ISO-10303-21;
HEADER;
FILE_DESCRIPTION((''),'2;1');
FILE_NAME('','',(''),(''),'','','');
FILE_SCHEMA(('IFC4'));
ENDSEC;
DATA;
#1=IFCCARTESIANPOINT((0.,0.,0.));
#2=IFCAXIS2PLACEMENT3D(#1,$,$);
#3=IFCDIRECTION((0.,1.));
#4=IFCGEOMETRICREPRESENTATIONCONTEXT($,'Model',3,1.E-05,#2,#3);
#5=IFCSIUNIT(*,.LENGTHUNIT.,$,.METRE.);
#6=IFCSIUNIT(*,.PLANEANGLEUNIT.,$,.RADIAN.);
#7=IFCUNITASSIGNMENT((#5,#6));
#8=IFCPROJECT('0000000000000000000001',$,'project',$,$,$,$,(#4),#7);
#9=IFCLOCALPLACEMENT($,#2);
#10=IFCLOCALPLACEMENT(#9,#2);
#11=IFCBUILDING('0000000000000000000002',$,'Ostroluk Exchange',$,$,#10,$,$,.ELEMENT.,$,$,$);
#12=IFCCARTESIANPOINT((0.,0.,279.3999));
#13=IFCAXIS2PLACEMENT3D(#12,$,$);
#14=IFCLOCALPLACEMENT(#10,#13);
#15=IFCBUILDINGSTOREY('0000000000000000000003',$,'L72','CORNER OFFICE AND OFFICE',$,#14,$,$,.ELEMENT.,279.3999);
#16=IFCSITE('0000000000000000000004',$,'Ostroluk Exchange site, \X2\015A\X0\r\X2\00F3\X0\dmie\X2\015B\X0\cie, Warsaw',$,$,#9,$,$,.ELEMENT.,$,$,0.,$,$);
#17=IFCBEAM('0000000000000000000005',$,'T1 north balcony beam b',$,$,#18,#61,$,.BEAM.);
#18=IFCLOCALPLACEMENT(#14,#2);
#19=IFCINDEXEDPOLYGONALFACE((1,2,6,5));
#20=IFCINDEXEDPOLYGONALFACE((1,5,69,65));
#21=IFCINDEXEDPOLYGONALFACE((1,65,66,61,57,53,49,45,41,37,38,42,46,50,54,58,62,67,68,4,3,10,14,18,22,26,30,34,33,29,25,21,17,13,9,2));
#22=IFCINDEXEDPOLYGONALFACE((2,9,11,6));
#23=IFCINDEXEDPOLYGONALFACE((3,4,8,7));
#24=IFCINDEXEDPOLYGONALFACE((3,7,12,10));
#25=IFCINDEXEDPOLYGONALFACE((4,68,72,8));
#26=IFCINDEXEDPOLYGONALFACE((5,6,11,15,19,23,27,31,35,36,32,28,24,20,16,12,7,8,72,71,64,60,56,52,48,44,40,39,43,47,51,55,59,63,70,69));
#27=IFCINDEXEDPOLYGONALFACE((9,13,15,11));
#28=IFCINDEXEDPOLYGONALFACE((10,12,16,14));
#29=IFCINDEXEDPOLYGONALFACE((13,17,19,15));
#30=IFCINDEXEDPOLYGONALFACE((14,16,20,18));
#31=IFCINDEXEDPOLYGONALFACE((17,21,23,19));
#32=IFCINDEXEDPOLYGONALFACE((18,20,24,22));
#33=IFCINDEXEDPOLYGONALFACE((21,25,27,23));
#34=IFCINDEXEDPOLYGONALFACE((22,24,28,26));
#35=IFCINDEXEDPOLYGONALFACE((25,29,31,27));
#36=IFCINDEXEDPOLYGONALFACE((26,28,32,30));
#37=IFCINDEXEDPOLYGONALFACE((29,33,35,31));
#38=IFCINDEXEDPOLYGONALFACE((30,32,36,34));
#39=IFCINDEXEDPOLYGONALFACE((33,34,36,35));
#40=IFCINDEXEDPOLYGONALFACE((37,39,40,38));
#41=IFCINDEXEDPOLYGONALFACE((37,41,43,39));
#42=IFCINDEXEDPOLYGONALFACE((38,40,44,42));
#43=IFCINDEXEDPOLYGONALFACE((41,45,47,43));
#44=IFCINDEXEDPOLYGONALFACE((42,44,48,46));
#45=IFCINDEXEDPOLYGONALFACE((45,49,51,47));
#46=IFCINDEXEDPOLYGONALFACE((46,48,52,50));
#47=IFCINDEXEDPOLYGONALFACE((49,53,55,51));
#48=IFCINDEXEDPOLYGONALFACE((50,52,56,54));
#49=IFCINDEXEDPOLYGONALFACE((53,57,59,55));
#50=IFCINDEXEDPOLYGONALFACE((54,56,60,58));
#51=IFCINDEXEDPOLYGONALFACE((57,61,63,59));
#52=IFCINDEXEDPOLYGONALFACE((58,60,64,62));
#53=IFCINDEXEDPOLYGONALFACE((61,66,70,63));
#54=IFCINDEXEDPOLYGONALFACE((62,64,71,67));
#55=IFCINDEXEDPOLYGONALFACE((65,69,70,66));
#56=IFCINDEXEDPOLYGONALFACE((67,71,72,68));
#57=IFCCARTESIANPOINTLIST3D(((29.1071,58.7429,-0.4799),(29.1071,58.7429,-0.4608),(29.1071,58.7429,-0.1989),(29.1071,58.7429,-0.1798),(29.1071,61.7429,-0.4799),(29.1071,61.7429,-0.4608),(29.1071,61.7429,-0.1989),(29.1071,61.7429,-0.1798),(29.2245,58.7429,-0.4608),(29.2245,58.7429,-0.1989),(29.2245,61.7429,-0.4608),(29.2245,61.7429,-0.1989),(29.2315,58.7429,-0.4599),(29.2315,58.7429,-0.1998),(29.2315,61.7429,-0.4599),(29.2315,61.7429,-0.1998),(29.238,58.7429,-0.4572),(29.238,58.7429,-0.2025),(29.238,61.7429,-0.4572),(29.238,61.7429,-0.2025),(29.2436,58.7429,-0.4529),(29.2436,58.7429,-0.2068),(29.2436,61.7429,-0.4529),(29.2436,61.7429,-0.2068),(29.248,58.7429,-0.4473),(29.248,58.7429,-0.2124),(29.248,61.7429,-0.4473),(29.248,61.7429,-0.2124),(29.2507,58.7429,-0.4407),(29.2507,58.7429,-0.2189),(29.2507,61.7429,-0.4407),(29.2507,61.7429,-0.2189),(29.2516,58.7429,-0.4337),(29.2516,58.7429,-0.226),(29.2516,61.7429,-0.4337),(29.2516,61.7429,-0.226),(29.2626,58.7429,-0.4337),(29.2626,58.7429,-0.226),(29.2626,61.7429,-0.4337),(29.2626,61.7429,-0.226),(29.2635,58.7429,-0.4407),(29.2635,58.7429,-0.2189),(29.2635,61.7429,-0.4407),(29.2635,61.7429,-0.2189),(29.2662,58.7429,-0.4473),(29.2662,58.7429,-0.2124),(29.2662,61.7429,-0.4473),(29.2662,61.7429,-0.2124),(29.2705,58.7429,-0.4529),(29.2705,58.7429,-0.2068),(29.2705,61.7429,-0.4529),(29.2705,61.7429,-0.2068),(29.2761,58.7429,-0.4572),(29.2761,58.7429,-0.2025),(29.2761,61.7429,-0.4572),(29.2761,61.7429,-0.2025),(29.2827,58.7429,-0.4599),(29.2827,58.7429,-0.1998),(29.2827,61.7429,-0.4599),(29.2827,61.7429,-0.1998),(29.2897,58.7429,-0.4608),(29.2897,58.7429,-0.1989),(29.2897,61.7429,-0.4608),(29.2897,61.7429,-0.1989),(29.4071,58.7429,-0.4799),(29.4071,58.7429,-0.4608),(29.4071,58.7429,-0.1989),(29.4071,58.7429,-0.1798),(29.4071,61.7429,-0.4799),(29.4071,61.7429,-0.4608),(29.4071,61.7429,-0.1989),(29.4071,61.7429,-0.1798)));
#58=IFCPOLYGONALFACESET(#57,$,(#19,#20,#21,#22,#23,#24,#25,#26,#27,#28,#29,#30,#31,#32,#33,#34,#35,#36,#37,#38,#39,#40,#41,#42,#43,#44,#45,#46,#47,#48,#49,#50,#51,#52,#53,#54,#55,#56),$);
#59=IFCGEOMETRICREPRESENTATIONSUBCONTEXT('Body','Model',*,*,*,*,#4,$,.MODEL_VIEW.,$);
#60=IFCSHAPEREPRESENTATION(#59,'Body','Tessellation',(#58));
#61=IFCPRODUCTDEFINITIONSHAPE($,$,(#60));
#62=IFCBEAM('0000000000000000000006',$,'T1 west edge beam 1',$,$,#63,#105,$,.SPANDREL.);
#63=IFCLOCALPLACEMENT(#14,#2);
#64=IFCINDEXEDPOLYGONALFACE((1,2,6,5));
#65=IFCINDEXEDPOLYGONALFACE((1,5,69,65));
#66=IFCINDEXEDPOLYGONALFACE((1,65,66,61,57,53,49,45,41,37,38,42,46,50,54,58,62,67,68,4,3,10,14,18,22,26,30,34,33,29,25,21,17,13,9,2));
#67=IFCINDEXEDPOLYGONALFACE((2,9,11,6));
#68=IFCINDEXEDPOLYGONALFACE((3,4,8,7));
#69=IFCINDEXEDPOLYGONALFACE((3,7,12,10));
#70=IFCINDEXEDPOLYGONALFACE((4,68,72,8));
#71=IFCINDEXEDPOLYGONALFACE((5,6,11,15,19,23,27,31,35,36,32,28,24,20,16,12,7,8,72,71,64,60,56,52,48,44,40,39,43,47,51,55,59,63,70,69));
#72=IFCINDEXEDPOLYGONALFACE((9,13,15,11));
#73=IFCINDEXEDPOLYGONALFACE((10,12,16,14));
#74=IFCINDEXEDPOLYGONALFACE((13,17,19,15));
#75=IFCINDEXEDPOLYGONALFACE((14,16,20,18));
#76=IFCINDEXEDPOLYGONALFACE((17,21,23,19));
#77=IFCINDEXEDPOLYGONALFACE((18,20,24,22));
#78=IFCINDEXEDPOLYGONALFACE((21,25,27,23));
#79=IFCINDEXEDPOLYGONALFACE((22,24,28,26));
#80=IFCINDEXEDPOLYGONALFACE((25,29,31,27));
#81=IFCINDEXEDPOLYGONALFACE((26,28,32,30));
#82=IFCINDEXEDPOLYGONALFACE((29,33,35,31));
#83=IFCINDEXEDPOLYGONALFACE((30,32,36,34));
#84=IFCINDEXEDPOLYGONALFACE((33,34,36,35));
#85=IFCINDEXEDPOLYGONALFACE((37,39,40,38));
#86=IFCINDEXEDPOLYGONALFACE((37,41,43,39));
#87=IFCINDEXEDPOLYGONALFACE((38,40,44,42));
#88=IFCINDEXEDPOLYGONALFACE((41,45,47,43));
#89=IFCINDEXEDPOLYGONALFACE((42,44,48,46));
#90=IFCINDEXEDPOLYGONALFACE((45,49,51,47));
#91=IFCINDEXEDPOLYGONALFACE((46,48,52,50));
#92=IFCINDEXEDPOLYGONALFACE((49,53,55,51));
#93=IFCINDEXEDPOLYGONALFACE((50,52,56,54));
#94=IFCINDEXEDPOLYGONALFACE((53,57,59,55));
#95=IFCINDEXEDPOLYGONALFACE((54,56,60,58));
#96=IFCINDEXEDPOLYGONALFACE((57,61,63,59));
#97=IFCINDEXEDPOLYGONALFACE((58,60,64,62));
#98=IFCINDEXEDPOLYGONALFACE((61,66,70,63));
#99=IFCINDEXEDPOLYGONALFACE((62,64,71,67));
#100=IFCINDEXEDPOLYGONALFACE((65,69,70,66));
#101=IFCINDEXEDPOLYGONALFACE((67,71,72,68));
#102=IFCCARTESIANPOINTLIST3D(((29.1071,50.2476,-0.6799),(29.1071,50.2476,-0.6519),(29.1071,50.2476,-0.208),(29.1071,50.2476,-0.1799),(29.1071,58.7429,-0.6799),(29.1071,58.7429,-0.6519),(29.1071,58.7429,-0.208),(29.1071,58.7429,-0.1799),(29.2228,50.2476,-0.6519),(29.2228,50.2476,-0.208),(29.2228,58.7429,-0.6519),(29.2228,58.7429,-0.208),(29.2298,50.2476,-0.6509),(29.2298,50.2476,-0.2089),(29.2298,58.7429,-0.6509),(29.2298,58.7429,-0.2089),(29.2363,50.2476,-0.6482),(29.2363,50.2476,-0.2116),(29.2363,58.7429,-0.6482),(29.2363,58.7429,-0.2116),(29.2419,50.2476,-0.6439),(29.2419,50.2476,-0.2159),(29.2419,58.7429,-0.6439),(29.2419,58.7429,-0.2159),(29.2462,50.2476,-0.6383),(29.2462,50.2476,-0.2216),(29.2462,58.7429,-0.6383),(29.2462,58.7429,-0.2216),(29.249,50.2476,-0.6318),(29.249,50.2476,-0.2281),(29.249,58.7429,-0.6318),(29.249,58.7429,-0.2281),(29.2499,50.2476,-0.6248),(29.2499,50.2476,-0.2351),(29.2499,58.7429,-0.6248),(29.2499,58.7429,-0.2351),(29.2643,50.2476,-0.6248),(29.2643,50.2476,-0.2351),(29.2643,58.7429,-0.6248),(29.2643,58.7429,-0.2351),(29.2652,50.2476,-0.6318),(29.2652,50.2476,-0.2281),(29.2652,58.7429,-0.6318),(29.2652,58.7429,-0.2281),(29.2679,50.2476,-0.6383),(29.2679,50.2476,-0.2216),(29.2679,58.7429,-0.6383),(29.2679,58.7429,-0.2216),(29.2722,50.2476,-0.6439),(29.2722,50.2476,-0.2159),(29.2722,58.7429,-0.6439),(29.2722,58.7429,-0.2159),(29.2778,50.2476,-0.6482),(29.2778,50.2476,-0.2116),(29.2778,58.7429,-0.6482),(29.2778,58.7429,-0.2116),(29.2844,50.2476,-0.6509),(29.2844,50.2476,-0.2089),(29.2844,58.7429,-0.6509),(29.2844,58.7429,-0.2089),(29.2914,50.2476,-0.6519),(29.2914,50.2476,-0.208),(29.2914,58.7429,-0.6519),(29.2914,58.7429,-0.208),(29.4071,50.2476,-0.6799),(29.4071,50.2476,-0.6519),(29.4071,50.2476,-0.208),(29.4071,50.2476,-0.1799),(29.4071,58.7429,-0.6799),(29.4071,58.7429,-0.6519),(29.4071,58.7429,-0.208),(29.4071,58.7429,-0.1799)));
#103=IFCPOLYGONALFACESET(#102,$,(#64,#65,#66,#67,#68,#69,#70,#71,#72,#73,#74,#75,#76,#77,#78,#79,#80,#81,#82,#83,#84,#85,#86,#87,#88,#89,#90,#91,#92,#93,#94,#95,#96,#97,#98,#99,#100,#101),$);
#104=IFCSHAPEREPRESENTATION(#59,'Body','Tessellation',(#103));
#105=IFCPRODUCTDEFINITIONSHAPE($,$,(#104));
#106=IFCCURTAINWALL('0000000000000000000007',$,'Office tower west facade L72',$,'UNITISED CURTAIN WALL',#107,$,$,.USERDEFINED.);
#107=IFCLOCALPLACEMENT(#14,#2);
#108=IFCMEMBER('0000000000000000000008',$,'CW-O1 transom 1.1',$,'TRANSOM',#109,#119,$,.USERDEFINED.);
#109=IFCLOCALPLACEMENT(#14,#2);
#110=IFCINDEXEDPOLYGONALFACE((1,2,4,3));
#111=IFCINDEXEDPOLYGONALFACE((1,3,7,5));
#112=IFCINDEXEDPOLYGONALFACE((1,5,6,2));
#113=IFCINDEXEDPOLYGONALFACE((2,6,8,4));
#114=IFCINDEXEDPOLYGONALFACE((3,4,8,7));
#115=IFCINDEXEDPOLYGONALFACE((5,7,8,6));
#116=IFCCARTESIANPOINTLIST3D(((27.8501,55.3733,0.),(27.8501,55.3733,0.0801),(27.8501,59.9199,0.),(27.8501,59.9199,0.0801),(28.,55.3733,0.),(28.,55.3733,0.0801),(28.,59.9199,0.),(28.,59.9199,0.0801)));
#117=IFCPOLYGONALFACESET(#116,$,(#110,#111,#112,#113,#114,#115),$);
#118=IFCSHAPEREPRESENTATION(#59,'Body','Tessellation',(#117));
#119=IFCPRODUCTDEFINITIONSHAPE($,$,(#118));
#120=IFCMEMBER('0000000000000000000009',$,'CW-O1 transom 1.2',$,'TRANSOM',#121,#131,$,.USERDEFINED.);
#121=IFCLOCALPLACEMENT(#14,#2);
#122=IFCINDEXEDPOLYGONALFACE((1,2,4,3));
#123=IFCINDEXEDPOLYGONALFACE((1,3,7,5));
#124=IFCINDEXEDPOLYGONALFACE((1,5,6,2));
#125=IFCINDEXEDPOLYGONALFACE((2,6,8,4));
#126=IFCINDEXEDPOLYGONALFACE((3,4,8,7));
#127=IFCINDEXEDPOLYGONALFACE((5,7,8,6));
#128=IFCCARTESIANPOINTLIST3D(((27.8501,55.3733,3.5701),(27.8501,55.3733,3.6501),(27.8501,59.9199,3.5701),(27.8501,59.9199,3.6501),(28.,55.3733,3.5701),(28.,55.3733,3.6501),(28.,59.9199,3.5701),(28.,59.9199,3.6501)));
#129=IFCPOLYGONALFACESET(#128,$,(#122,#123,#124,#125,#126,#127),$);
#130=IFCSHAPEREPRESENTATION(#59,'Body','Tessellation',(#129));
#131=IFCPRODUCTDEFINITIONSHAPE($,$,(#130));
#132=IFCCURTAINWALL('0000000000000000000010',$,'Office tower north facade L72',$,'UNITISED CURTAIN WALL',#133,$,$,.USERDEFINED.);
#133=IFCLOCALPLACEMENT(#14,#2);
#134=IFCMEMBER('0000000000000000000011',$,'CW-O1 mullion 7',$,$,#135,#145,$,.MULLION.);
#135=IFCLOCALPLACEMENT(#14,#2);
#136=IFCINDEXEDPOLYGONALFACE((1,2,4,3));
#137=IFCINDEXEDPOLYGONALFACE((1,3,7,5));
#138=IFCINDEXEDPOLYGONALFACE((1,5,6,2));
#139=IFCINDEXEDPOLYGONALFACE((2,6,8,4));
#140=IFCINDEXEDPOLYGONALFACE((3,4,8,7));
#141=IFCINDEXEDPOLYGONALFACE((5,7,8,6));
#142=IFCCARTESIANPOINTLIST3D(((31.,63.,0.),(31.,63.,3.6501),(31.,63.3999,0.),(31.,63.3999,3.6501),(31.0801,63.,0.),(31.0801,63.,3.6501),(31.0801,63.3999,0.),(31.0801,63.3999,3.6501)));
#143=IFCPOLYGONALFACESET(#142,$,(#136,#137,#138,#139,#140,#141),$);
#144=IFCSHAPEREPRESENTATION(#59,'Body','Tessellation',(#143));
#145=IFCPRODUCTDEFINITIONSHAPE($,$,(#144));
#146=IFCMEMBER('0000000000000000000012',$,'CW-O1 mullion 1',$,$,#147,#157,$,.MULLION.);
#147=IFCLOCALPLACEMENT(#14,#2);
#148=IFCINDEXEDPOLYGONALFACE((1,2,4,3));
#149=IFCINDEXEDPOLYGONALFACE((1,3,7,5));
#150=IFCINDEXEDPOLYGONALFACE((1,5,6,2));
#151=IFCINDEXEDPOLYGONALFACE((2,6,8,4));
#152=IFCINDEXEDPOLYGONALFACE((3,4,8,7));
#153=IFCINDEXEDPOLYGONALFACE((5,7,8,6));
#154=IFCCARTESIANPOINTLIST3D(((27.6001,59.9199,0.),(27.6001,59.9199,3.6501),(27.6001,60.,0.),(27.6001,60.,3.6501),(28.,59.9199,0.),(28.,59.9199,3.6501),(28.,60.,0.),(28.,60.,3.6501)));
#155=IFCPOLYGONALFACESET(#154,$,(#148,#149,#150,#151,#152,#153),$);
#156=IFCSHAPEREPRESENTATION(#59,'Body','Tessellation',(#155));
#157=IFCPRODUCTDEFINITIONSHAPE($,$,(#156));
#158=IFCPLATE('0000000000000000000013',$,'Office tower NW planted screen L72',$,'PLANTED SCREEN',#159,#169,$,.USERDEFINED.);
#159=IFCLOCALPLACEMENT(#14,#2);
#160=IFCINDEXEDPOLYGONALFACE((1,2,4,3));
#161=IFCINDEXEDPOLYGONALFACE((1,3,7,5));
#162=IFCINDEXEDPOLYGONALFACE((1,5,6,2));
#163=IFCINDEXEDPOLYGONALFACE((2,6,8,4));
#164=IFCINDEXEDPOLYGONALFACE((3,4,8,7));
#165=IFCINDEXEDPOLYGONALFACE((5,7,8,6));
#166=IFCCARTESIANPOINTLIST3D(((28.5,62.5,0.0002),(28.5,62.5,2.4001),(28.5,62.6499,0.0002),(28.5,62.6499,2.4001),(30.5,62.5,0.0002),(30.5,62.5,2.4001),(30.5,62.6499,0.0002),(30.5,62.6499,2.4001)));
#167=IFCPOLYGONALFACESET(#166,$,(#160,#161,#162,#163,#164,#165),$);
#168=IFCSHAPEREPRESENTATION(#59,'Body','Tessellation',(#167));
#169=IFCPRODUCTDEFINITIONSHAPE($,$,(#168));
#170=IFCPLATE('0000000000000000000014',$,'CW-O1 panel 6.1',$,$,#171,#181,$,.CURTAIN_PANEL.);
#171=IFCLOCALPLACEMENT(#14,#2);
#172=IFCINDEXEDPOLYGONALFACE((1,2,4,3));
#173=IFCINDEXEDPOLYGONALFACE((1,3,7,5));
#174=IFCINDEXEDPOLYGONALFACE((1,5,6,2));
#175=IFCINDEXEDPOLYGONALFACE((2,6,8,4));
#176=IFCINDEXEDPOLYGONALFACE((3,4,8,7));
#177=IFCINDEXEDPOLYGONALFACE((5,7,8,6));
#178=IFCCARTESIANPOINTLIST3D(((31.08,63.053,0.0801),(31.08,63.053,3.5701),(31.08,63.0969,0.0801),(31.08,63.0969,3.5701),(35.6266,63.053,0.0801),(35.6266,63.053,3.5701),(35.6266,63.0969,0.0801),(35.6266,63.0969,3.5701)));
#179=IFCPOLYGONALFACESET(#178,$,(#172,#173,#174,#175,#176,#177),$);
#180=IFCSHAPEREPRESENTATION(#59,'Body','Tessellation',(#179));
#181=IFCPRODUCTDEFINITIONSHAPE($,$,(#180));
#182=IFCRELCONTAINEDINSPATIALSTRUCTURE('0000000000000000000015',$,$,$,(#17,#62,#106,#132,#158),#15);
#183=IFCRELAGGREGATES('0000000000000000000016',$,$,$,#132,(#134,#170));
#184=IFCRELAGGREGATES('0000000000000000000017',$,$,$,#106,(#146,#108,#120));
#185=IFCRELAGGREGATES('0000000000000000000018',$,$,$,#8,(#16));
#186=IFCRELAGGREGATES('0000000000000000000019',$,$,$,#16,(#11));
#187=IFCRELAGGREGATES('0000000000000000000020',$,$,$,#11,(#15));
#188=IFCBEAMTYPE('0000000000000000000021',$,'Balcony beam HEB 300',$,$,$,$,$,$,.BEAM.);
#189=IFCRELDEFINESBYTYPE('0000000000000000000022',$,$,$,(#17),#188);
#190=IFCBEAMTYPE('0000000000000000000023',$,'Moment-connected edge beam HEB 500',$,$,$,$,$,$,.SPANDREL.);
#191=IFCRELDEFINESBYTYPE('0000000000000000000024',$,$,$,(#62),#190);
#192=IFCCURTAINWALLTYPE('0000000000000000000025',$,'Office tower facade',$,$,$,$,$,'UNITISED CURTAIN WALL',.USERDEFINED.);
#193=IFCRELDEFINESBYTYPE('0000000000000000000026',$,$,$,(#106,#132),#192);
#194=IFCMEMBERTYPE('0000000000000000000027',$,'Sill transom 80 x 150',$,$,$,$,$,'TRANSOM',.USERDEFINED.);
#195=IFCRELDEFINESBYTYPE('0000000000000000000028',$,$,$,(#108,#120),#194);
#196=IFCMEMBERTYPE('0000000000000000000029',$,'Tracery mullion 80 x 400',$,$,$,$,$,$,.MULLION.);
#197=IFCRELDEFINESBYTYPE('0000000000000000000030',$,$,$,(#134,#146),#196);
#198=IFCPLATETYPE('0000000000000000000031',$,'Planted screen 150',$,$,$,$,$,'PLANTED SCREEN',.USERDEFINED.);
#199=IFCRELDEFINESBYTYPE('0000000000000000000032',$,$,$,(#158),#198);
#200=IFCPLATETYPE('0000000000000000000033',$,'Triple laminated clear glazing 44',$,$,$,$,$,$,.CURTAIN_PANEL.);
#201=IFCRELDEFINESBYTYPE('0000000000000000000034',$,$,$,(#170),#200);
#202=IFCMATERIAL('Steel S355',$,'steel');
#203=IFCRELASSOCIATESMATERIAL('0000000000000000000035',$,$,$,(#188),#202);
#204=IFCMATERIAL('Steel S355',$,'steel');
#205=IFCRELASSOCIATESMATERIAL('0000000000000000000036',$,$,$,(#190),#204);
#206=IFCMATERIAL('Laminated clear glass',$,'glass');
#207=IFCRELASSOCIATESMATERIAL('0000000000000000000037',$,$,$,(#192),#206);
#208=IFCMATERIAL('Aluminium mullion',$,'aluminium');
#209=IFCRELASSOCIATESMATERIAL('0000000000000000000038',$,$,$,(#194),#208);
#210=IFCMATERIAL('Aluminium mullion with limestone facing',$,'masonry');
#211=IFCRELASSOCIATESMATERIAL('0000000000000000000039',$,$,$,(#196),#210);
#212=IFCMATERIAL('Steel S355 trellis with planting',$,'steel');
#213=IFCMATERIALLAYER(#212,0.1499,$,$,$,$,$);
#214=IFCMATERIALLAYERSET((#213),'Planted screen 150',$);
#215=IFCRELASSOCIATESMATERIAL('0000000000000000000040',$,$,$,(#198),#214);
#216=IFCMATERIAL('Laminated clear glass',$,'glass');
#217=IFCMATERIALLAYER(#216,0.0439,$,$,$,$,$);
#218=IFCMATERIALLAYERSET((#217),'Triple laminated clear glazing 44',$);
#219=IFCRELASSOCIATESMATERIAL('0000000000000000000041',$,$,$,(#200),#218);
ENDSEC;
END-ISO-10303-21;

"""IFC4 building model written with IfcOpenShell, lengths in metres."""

from ifc_helpers import new_model, si_unit, direction, frame, origin, origin_2d, place, context, subcontext, project, spatial, rectangle, i_section, extrude, material, layer, layer_set, material_profile, profile_set, type_object, element, aggregate, save


model = new_model("IFC4")

# Units and contexts
model_context = context("Model", 3, precision=1e-05, world=origin(), true_north=direction((0.0, 1.0)))
body_context = subcontext(model_context, "Body", "Model", "MODEL_VIEW")
ifc_project = project(units=[si_unit("LENGTHUNIT", "METRE"), si_unit("PLANEANGLEUNIT", "RADIAN")], contexts=[model_context])

# Site, building, storey
site_placement = place(None, origin())
site = spatial("IfcSite", under=ifc_project, at=site_placement, Name="Ostroluk Exchange site, Śródmieście, Warsaw", CompositionType="ELEMENT", RefElevation=0.0)
building_placement = place(site_placement, origin())
building = spatial("IfcBuilding", under=site, at=building_placement, Name="Ostroluk Exchange", CompositionType="ELEMENT")
storey_placement = place(building_placement, frame((0.0, 0.0, 279.3999)))
storey = spatial("IfcBuildingStorey", under=building, at=storey_placement, Name="L72", Description="CORNER OFFICE AND OFFICE", CompositionType="ELEMENT", Elevation=279.3999)

# Beams
ifc_material_1 = material(Name="Steel S355", Category="steel")
ifc_material_profile_1 = material_profile(ifc_material_1, i_section(OverallWidth=0.3, OverallDepth=0.3, WebThickness=0.011, FlangeThickness=0.019, FilletRadius=0.0271, at=origin_2d()), Name="HEB 300")
ifc_profile_set_1 = profile_set([ifc_material_profile_1], Name="Steel S355")
beam_type_1 = type_object("IfcBeamType", Name="Balcony beam HEB 300", PredefinedType="BEAM", material=ifc_profile_set_1)
for number, where, z_axis, x_axis, name in (
    (1, (29.2571, 58.7429, -0.3298), (0.0, 1.0, 0.0), (-1.0, 0.0, 0.0), "T1 north balcony beam b"),
):
    element("IfcBeam", number, at=place(storey_placement, frame(where, z_axis=z_axis, x_axis=x_axis)), inside=storey, type_object=beam_type_1, Name=name, PredefinedType="BEAM", context=body_context, shape_type="SweptSolid", body=[
        extrude(i_section(OverallWidth=0.3, OverallDepth=0.3, WebThickness=0.011, FlangeThickness=0.019, FilletRadius=0.0271, at=origin_2d()), origin(), (0.0, 0.0, 1.0), 3.0),
    ])
ifc_material_2 = material(Name="Steel S355", Category="steel")
ifc_material_profile_2 = material_profile(ifc_material_2, i_section(OverallWidth=0.3, OverallDepth=0.5, WebThickness=0.0144, FlangeThickness=0.0281, FilletRadius=0.0271, at=origin_2d()), Name="HEB 500")
ifc_profile_set_2 = profile_set([ifc_material_profile_2], Name="Steel S355")
beam_type_2 = type_object("IfcBeamType", Name="Moment-connected edge beam HEB 500", PredefinedType="SPANDREL", material=ifc_profile_set_2)
beam_placement = place(storey_placement, frame((29.2571, 58.7429, -0.4299), z_axis=(0.0, -1.0, 0.0), x_axis=(1.0, 0.0, 0.0)))
element("IfcBeam", 2, at=beam_placement, inside=storey, type_object=beam_type_2, Name="T1 west edge beam 1", PredefinedType="SPANDREL", context=body_context, shape_type="SweptSolid", body=[
    extrude(i_section(OverallWidth=0.3, OverallDepth=0.5, WebThickness=0.0144, FlangeThickness=0.0281, FilletRadius=0.0271, at=origin_2d()), origin(), (0.0, 0.0, 1.0), 8.4954),
])

# Curtain wall, members
ifc_material_3 = material(Name="Laminated clear glass", Category="glass")
curtain_wall_type = type_object("IfcCurtainWallType", Name="Office tower facade", ElementType="UNITISED CURTAIN WALL", PredefinedType="USERDEFINED", material=ifc_material_3)
curtain_wall_1_placement = place(storey_placement, origin())
curtain_wall_1 = element("IfcCurtainWall", 3, at=curtain_wall_1_placement, inside=storey, type_object=curtain_wall_type, Name="Office tower west facade L72", ObjectType="UNITISED CURTAIN WALL", PredefinedType="USERDEFINED")
ifc_material_4 = material(Name="Aluminium mullion", Category="aluminium")
ifc_material_profile_3 = material_profile(ifc_material_4, rectangle(XDim=0.1499, YDim=0.0801, at=origin_2d()), Name="Sill transom 80 x 150")
ifc_profile_set_3 = profile_set([ifc_material_profile_3], Name="Aluminium mullion")
member_type_1 = type_object("IfcMemberType", Name="Sill transom 80 x 150", ElementType="TRANSOM", PredefinedType="USERDEFINED", material=ifc_profile_set_3)
member_1_placement = place(storey_placement, frame((27.925, 59.9199, 0.04), z_axis=(0.0, -1.0, 0.0), x_axis=(1.0, 0.0, 0.0)))
member_1 = element("IfcMember", 4, at=member_1_placement, type_object=member_type_1, Name="CW-O1 transom 1.1", ObjectType="TRANSOM", PredefinedType="USERDEFINED", context=body_context, shape_type="SweptSolid", body=[
    extrude(rectangle(XDim=0.1499, YDim=0.0801, at=origin_2d()), origin(), (0.0, 0.0, 1.0), 4.5466),
])
member_2_placement = place(storey_placement, frame((27.925, 59.9199, 3.6101), z_axis=(0.0, -1.0, 0.0), x_axis=(1.0, 0.0, 0.0)))
member_2 = element("IfcMember", 5, at=member_2_placement, type_object=member_type_1, Name="CW-O1 transom 1.2", ObjectType="TRANSOM", PredefinedType="USERDEFINED", context=body_context, shape_type="SweptSolid", body=[
    extrude(rectangle(XDim=0.1499, YDim=0.0801, at=origin_2d()), origin(), (0.0, 0.0, 1.0), 4.5466),
])

# Curtain wall, member
curtain_wall_2_placement = place(storey_placement, origin())
curtain_wall_2 = element("IfcCurtainWall", 6, at=curtain_wall_2_placement, inside=storey, type_object=curtain_wall_type, Name="Office tower north facade L72", ObjectType="UNITISED CURTAIN WALL", PredefinedType="USERDEFINED")
ifc_material_5 = material(Name="Aluminium mullion with limestone facing", Category="masonry")
ifc_material_profile_4 = material_profile(ifc_material_5, rectangle(XDim=0.3999, YDim=0.0801, at=origin_2d()), Name="Tracery mullion 80 x 400")
ifc_profile_set_4 = profile_set([ifc_material_profile_4], Name="Aluminium mullion with limestone facing")
member_type_2 = type_object("IfcMemberType", Name="Tracery mullion 80 x 400", PredefinedType="MULLION", material=ifc_profile_set_4)
member_3_placement = place(storey_placement, frame((31.04, 63.2, 0.0), z_axis=(0.0, 0.0, 1.0), x_axis=(0.0, -1.0, 0.0)))
member_3 = element("IfcMember", 7, at=member_3_placement, type_object=member_type_2, Name="CW-O1 mullion 7", PredefinedType="MULLION", context=body_context, shape_type="SweptSolid", body=[
    extrude(rectangle(XDim=0.3999, YDim=0.0801, at=origin_2d()), origin(), (0.0, 0.0, 1.0), 3.6501),
])

# Member
member_4_placement = place(storey_placement, frame((27.8, 59.96, 0.0), z_axis=(0.0, 0.0, 1.0), x_axis=(1.0, 0.0, 0.0)))
member_4 = element("IfcMember", 8, at=member_4_placement, type_object=member_type_2, Name="CW-O1 mullion 1", PredefinedType="MULLION", context=body_context, shape_type="SweptSolid", body=[
    extrude(rectangle(XDim=0.3999, YDim=0.0801, at=origin_2d()), origin(), (0.0, 0.0, 1.0), 3.6501),
])

# Plates
ifc_material_6 = material(Name="Steel S355 trellis with planting", Category="steel")
ifc_layer_1 = layer(ifc_material_6, 0.1499)
ifc_layer_set_1 = layer_set([ifc_layer_1], Name="Planted screen 150")
plate_type_1 = type_object("IfcPlateType", Name="Planted screen 150", ElementType="PLANTED SCREEN", PredefinedType="USERDEFINED", material=ifc_layer_set_1)
plate_1_placement = place(storey_placement, frame((29.5, 62.575, 0.0002), z_axis=(0.0, 0.0, 1.0), x_axis=(1.0, 0.0, 0.0)))
element("IfcPlate", 9, at=plate_1_placement, inside=storey, type_object=plate_type_1, Name="Office tower NW planted screen L72", ObjectType="PLANTED SCREEN", PredefinedType="USERDEFINED", context=body_context, shape_type="SweptSolid", body=[
    extrude(rectangle(XDim=2.0, YDim=0.1499, at=origin_2d()), origin(), (0.0, 0.0, 1.0), 2.3999),
])
ifc_material_7 = material(Name="Laminated clear glass", Category="glass")
ifc_layer_2 = layer(ifc_material_7, 0.0439)
ifc_layer_set_2 = layer_set([ifc_layer_2], Name="Triple laminated clear glazing 44")
plate_type_2 = type_object("IfcPlateType", Name="Triple laminated clear glazing 44", PredefinedType="CURTAIN_PANEL", material=ifc_layer_set_2)
plate_2_placement = place(storey_placement, frame((33.3533, 63.075, 0.0801), z_axis=(0.0, 0.0, 1.0), x_axis=(-1.0, 0.0, 0.0)))
plate_2 = element("IfcPlate", 10, at=plate_2_placement, type_object=plate_type_2, Name="CW-O1 panel 6.1", PredefinedType="CURTAIN_PANEL", context=body_context, shape_type="SweptSolid", body=[
    extrude(rectangle(XDim=4.5466, YDim=0.0439, at=origin_2d()), origin(), (0.0, 0.0, 1.0), 3.49),
])
aggregate(curtain_wall_2, [member_3, plate_2])
aggregate(curtain_wall_1, [member_4, member_1, member_2])

save(model, "model.ifc")
